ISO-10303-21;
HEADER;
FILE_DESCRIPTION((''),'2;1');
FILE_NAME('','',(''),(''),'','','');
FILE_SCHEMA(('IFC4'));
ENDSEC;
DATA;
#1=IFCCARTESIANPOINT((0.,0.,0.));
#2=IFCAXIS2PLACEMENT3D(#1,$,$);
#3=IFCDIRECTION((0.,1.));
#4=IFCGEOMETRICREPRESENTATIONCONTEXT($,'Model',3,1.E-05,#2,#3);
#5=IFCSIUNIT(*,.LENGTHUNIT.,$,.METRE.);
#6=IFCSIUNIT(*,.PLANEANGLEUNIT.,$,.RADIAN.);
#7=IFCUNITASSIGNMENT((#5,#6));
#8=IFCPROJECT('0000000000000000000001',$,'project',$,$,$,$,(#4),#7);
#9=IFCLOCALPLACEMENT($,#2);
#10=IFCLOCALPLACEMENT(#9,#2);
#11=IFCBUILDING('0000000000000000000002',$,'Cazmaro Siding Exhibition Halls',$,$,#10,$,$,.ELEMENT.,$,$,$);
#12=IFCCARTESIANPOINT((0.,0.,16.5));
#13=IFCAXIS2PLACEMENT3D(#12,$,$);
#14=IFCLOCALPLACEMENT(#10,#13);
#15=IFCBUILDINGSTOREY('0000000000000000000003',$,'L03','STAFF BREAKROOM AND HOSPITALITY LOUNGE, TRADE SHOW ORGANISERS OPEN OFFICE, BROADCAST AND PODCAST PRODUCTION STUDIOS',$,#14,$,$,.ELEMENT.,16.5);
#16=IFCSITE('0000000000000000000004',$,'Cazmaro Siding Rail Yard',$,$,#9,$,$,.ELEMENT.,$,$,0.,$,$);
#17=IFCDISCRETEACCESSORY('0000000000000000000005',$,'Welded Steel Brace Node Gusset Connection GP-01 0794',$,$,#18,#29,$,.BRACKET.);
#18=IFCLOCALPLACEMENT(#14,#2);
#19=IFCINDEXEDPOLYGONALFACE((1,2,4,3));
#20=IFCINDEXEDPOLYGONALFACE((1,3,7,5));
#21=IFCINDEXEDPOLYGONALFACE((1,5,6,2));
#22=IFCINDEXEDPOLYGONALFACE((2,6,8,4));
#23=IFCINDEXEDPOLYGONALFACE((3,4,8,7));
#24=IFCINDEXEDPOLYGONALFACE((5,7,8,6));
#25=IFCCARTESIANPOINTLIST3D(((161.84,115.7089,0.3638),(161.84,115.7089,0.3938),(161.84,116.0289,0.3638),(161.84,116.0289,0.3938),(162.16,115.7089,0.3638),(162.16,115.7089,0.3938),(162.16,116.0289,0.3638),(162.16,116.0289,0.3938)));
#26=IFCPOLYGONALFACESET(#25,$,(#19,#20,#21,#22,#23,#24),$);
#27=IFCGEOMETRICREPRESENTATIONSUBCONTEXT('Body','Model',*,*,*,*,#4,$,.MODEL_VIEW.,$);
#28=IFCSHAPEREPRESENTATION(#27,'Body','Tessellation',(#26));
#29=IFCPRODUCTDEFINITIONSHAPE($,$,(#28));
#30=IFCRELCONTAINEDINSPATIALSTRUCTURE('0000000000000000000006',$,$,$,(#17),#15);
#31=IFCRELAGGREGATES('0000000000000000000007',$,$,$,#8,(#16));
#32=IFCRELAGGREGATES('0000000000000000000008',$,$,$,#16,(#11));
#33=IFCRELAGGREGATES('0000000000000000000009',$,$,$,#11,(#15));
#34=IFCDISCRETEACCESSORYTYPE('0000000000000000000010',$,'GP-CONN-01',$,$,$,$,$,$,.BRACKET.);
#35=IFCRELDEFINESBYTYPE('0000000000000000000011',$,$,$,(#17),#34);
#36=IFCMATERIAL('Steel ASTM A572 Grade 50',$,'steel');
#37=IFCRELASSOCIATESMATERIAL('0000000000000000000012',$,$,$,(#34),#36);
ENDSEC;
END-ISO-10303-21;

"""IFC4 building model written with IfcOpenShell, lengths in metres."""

from ifc_helpers import new_model, si_unit, direction, frame, origin, origin_2d, place, context, subcontext, project, spatial, rectangle, extrude, material, type_object, element, save


model = new_model("IFC4")

# Units and contexts
model_context = context("Model", 3, precision=1e-05, world=origin(), true_north=direction((0.0, 1.0)))
body_context = subcontext(model_context, "Body", "Model", "MODEL_VIEW")
ifc_project = project(units=[si_unit("LENGTHUNIT", "METRE"), si_unit("PLANEANGLEUNIT", "RADIAN")], contexts=[model_context])

# Site, building, storey
site_placement = place(None, origin())
site = spatial("IfcSite", under=ifc_project, at=site_placement, Name="Cazmaro Siding Rail Yard", CompositionType="ELEMENT", RefElevation=0.0)
building_placement = place(site_placement, origin())
building = spatial("IfcBuilding", under=site, at=building_placement, Name="Cazmaro Siding Exhibition Halls", CompositionType="ELEMENT")
storey_placement = place(building_placement, frame((0.0, 0.0, 16.5)))
storey = spatial("IfcBuildingStorey", under=building, at=storey_placement, Name="L03", Description="STAFF BREAKROOM AND HOSPITALITY LOUNGE, TRADE SHOW ORGANISERS OPEN OFFICE, BROADCAST AND PODCAST PRODUCTION STUDIOS", CompositionType="ELEMENT", Elevation=16.5)

# Discrete accessory
ifc_material_1 = material(Name="Steel ASTM A572 Grade 50", Category="steel")
discrete_accessory_type = type_object("IfcDiscreteAccessoryType", Name="GP-CONN-01", PredefinedType="BRACKET", material=ifc_material_1)
for number, where, z_axis, x_axis, name in (
    (1, (162.0, 115.8689, 0.3638), (0.0, 0.0, 1.0), (1.0, 0.0, 0.0), "Welded Steel Brace Node Gusset Connection GP-01 0794"),
):
    element("IfcDiscreteAccessory", number, at=place(storey_placement, frame(where, z_axis=z_axis, x_axis=x_axis)), inside=storey, type_object=discrete_accessory_type, Name=name, PredefinedType="BRACKET", context=body_context, shape_type="SweptSolid", body=[
        extrude(rectangle(XDim=0.3201, YDim=0.3201, at=origin_2d()), origin(), (0.0, 0.0, 1.0), 0.03),
    ])

save(model, "model.ifc")
